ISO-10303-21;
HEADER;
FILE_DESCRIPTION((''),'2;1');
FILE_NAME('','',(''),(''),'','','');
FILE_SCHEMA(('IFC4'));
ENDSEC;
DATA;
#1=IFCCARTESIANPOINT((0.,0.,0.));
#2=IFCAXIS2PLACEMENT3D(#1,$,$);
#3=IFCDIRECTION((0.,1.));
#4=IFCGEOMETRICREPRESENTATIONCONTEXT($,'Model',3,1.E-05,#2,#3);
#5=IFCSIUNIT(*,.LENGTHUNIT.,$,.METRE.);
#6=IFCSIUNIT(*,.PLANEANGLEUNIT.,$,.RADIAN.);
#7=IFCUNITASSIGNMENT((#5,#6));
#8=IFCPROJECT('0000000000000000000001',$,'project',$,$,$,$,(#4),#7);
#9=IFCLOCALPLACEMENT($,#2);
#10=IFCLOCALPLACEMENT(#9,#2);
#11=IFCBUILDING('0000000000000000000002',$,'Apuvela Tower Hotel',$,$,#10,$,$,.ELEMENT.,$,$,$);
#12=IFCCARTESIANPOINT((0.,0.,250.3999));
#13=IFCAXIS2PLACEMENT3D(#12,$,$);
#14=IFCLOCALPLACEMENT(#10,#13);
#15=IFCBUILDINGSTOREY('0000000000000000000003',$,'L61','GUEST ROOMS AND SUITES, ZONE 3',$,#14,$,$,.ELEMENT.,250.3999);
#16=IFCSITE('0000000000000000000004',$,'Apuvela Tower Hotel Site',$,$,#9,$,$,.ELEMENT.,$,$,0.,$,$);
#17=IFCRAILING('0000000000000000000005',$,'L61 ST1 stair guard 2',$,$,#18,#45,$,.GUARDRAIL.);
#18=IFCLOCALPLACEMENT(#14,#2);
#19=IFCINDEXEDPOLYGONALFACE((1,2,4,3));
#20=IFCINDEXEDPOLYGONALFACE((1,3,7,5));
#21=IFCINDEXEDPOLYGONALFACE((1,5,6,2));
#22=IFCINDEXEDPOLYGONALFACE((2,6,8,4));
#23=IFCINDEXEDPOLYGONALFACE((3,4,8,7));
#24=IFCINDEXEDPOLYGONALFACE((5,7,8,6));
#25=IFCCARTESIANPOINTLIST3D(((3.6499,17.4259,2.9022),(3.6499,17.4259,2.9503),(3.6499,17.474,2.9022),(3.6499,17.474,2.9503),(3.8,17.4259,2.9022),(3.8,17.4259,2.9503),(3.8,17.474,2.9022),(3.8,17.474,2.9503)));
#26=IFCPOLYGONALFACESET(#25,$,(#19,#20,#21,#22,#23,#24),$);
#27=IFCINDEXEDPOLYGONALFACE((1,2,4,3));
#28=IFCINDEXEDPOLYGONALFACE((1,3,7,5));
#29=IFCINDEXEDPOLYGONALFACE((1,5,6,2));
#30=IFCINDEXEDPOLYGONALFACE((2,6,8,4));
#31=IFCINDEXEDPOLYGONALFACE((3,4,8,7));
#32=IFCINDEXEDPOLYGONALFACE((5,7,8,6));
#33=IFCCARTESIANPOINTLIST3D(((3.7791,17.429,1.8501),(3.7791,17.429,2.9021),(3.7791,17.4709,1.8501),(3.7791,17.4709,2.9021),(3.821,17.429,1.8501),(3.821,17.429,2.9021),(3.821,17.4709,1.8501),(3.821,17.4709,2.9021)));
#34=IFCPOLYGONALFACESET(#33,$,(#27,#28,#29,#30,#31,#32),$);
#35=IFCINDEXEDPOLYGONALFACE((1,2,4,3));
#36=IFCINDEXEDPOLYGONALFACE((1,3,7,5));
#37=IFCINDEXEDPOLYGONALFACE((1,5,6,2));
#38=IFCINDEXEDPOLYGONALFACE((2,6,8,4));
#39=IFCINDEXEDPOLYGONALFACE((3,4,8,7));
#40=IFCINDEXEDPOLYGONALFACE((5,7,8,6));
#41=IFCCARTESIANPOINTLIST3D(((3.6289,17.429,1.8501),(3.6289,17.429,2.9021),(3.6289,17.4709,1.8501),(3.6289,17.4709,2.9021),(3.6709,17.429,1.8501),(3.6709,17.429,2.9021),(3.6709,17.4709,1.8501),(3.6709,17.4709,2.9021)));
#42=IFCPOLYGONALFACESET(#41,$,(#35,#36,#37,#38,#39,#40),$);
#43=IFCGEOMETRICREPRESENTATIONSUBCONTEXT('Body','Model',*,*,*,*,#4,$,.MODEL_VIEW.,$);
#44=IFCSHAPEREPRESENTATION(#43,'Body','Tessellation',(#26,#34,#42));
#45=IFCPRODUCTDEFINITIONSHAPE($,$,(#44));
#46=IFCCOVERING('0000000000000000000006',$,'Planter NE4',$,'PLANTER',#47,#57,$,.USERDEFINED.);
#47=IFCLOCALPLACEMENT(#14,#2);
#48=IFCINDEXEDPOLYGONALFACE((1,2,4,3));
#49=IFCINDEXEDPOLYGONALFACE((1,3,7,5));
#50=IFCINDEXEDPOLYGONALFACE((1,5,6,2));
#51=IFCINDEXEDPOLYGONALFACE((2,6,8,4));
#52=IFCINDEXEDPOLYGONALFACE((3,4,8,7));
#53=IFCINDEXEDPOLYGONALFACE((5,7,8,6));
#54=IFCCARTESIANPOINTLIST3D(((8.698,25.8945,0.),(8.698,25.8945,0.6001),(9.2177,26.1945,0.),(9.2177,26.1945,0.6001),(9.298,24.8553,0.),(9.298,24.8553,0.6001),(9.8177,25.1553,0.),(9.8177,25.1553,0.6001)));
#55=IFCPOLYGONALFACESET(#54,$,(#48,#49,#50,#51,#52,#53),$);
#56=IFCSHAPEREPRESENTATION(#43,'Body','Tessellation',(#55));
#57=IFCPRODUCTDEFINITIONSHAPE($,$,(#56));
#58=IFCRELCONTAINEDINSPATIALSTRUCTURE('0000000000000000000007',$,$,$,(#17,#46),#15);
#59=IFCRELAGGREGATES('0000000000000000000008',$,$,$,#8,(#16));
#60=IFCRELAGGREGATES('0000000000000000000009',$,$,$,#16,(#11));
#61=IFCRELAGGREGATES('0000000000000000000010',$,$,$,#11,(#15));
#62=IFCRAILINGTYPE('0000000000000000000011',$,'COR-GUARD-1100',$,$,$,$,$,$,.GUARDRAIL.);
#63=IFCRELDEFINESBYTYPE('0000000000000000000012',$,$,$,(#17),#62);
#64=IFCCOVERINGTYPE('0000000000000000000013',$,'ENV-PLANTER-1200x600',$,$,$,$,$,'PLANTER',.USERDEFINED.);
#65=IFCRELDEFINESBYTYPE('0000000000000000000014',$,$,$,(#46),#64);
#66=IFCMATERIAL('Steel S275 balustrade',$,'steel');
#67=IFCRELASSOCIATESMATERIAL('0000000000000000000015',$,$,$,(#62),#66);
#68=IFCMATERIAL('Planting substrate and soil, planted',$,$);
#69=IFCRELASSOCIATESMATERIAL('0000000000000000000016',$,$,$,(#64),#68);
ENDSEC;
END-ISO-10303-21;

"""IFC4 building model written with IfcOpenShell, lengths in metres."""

from ifc_helpers import new_model, si_unit, direction, frame, origin, origin_2d, place, context, subcontext, project, spatial, rectangle, extrude, material, type_object, element, save


model = new_model("IFC4")

# Units and contexts
model_context = context("Model", 3, precision=1e-05, world=origin(), true_north=direction((0.0, 1.0)))
body_context = subcontext(model_context, "Body", "Model", "MODEL_VIEW")
ifc_project = project(units=[si_unit("LENGTHUNIT", "METRE"), si_unit("PLANEANGLEUNIT", "RADIAN")], contexts=[model_context])

# Site, building, storey
site_placement = place(None, origin())
site = spatial("IfcSite", under=ifc_project, at=site_placement, Name="Apuvela Tower Hotel Site", CompositionType="ELEMENT", RefElevation=0.0)
building_placement = place(site_placement, origin())
building = spatial("IfcBuilding", under=site, at=building_placement, Name="Apuvela Tower Hotel", CompositionType="ELEMENT")
storey_placement = place(building_placement, frame((0.0, 0.0, 250.3999)))
storey = spatial("IfcBuildingStorey", under=building, at=storey_placement, Name="L61", Description="GUEST ROOMS AND SUITES, ZONE 3", CompositionType="ELEMENT", Elevation=250.3999)

# Railing
ifc_material_1 = material(Name="Steel S275 balustrade", Category="steel")
railing_type = type_object("IfcRailingType", Name="COR-GUARD-1100", PredefinedType="GUARDRAIL", material=ifc_material_1)
railing_placement = place(storey_placement, frame((3.8, 17.45, 1.8501)))
element("IfcRailing", 1, at=railing_placement, inside=storey, type_object=railing_type, Name="L61 ST1 stair guard 2", PredefinedType="GUARDRAIL", context=body_context, shape_type="SweptSolid", body=[
    extrude(rectangle(XDim=0.0481, YDim=0.0481, at=origin_2d()), frame((0.0, 0.0, 1.0762), z_axis=(-1.0, 0.0, 0.0), x_axis=(0.0, -1.0, 0.0)), (0.0, 0.0, 1.0), 0.1501),
    extrude(rectangle(XDim=0.042, YDim=0.042, at=origin_2d()), origin(), (0.0, 0.0, 1.0), 1.052),
    extrude(rectangle(XDim=0.042, YDim=0.042, at=origin_2d()), frame((-0.1501, 0.0, 0.0)), (0.0, 0.0, 1.0), 1.052),
])

# Covering
ifc_material_2 = material(Name="Planting substrate and soil, planted")
covering_type = type_object("IfcCoveringType", Name="ENV-PLANTER-1200x600", ElementType="PLANTER", PredefinedType="USERDEFINED", material=ifc_material_2)
covering_placement = place(storey_placement, frame((9.2578, 25.5249, 0.0), z_axis=(0.0, 0.0, 1.0), x_axis=(-0.5, 0.866025, 0.0)))
element("IfcCovering", 2, at=covering_placement, inside=storey, type_object=covering_type, Name="Planter NE4", ObjectType="PLANTER", PredefinedType="USERDEFINED", context=body_context, shape_type="SweptSolid", body=[
    extrude(rectangle(XDim=1.2, YDim=0.6001, at=origin_2d()), origin(), (0.0, 0.0, 1.0), 0.6001),
])

save(model, "model.ifc")
